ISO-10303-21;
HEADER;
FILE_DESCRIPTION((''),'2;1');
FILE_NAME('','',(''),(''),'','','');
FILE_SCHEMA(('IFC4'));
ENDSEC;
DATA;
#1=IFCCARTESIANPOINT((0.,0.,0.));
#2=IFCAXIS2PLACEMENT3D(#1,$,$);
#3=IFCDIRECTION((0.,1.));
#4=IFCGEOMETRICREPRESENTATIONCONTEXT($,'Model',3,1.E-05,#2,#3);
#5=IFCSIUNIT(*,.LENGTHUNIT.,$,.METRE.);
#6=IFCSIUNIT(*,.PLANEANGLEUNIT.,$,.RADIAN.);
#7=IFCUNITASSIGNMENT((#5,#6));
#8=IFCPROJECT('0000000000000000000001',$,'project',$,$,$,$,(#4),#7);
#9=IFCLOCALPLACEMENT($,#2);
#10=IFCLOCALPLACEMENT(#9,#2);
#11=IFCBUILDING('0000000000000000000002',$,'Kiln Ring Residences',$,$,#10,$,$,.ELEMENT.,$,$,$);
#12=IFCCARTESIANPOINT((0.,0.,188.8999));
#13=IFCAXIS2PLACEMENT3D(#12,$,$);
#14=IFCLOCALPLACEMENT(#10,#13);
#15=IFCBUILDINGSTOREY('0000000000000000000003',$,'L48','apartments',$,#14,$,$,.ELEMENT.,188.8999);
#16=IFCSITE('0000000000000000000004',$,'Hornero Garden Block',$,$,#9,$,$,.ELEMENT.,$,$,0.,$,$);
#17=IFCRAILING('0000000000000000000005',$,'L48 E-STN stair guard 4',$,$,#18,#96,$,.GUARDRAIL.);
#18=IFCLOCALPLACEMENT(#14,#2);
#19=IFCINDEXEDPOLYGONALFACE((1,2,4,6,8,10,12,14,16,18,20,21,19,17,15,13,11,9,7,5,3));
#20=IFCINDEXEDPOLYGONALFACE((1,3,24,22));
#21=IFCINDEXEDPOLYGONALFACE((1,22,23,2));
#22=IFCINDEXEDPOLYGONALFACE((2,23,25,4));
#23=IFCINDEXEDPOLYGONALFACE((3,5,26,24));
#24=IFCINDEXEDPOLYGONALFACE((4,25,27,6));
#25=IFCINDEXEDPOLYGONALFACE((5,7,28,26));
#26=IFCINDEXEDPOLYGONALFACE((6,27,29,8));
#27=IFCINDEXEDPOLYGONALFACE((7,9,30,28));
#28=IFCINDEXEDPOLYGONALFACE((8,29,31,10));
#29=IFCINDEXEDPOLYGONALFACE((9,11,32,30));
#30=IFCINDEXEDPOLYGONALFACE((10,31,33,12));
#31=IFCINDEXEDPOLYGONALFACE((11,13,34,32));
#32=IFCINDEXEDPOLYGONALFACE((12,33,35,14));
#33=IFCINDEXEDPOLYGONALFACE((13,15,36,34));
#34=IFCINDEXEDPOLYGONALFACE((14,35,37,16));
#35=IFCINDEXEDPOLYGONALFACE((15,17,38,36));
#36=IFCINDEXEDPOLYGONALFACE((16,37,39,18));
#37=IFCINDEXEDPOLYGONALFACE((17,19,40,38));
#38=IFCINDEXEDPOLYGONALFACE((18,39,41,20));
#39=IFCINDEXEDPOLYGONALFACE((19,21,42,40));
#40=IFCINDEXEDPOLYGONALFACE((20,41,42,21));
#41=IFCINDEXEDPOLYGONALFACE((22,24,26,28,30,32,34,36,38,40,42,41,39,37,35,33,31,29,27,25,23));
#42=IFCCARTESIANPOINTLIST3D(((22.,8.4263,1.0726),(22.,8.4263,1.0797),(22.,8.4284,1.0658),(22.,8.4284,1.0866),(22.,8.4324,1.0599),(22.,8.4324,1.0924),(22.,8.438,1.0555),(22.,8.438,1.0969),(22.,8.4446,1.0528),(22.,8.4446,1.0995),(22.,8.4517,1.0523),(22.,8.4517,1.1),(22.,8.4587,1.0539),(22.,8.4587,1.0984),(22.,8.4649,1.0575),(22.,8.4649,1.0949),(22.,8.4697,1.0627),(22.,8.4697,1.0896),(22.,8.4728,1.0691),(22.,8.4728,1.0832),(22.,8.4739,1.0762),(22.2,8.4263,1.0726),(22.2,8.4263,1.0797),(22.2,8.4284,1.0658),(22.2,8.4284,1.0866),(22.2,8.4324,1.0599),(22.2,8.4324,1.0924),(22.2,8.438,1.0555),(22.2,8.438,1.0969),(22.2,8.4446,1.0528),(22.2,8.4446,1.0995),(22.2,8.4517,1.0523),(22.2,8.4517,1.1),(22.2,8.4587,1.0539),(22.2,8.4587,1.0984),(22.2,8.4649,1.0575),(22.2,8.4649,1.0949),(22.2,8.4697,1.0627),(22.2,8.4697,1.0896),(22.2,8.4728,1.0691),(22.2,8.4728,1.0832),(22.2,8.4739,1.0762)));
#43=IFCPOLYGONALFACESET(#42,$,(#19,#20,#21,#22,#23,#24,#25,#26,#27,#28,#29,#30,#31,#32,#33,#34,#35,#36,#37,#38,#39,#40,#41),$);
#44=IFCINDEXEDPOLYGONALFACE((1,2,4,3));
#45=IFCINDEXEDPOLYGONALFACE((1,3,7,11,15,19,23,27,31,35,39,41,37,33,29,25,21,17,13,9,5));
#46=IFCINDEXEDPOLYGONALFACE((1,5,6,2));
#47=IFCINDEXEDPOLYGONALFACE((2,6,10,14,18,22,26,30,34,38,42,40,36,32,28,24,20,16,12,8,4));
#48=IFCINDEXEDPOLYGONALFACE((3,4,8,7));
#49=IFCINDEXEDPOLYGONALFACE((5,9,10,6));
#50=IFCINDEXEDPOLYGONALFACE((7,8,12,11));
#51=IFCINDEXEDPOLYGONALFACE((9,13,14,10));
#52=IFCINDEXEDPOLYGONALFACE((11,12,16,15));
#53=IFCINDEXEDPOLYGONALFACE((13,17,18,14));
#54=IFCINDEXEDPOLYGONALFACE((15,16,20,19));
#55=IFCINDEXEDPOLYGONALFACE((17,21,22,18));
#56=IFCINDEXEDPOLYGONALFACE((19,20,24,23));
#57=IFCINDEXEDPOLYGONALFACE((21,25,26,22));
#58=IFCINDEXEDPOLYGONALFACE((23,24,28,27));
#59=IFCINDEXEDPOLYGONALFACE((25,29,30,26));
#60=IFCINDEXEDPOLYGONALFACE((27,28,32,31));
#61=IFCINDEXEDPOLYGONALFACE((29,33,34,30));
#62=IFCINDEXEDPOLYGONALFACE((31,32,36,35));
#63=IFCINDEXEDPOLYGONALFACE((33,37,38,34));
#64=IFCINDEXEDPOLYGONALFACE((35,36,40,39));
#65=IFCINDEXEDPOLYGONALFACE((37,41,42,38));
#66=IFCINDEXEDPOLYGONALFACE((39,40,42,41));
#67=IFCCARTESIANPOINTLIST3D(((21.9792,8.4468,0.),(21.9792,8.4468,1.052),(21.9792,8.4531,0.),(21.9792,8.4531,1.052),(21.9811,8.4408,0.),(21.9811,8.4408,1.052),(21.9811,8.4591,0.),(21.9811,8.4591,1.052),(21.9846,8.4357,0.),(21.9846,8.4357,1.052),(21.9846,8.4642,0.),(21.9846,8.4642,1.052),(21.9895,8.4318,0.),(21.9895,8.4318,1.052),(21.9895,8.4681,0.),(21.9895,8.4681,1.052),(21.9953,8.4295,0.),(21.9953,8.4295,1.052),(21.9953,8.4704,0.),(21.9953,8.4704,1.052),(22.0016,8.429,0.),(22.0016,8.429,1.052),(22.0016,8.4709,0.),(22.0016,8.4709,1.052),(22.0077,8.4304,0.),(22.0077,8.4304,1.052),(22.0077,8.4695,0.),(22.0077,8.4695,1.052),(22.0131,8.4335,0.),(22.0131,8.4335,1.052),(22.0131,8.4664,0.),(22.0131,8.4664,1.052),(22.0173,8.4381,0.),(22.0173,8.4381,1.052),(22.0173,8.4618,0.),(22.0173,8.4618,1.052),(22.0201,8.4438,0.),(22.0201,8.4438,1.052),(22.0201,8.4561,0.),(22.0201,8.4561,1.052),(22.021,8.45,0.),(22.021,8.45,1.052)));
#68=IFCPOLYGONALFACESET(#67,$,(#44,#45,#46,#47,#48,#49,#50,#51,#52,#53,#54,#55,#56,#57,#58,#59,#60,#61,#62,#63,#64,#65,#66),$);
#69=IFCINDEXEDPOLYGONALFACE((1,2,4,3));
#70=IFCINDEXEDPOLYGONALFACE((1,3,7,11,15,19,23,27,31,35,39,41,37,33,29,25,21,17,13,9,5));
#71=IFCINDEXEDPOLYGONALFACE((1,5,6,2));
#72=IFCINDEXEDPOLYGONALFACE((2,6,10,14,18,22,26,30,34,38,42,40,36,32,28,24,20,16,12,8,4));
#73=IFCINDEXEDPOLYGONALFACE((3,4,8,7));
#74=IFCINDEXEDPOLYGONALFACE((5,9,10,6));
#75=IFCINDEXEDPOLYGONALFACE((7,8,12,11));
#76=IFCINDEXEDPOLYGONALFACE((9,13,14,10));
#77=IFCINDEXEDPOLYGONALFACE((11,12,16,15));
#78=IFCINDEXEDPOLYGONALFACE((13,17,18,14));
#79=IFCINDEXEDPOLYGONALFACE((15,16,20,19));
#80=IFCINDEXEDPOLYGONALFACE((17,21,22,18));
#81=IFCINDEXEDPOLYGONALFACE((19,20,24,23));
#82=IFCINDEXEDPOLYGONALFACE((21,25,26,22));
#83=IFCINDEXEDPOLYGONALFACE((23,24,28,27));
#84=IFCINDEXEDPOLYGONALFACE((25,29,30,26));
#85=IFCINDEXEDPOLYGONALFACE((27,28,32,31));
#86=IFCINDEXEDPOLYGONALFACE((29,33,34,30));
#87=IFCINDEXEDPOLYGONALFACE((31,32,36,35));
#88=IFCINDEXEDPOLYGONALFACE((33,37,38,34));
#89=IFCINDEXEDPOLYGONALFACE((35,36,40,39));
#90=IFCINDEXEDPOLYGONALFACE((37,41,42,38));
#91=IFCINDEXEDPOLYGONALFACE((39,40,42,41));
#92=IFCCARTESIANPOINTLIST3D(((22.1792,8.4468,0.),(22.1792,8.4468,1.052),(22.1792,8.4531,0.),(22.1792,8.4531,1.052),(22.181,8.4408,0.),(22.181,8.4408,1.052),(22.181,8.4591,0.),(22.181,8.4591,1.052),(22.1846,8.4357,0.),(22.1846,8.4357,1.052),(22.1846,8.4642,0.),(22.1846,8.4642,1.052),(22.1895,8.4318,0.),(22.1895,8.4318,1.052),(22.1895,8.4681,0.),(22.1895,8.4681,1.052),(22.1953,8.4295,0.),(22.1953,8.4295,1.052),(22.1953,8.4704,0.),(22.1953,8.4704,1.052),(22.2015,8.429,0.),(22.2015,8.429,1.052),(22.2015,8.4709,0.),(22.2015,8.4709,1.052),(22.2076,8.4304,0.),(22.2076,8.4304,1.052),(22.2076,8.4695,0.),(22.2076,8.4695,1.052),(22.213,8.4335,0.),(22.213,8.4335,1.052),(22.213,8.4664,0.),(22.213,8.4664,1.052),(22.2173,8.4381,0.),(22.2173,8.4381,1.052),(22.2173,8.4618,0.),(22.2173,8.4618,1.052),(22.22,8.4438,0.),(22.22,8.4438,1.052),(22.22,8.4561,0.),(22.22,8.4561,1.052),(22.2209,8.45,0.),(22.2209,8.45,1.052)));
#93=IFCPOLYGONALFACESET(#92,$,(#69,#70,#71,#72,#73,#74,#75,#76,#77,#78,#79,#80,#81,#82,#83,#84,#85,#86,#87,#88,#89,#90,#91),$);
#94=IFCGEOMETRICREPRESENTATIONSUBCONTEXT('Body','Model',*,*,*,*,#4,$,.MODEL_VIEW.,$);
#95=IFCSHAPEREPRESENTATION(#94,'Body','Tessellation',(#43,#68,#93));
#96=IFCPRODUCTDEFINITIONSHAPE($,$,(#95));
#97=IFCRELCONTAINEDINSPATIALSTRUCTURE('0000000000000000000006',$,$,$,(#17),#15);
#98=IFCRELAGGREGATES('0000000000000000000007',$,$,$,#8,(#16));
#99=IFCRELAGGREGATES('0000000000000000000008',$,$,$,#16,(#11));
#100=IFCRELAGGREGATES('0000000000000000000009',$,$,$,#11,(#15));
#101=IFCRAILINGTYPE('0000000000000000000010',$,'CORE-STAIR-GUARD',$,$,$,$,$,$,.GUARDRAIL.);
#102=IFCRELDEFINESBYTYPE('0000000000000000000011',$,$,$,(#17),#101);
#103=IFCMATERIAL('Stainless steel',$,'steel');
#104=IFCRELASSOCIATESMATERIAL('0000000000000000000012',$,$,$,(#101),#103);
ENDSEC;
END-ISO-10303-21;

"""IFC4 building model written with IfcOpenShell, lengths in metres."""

from ifc_helpers import new_model, si_unit, direction, frame, origin, origin_2d, place, context, subcontext, project, spatial, circle, extrude, material, type_object, element, save


model = new_model("IFC4")

# Units and contexts
model_context = context("Model", 3, precision=1e-05, world=origin(), true_north=direction((0.0, 1.0)))
body_context = subcontext(model_context, "Body", "Model", "MODEL_VIEW")
ifc_project = project(units=[si_unit("LENGTHUNIT", "METRE"), si_unit("PLANEANGLEUNIT", "RADIAN")], contexts=[model_context])

# Site, building, storey
site_placement = place(None, origin())
site = spatial("IfcSite", under=ifc_project, at=site_placement, Name="Hornero Garden Block", CompositionType="ELEMENT", RefElevation=0.0)
building_placement = place(site_placement, origin())
building = spatial("IfcBuilding", under=site, at=building_placement, Name="Kiln Ring Residences", CompositionType="ELEMENT")
storey_placement = place(building_placement, frame((0.0, 0.0, 188.8999)))
storey = spatial("IfcBuildingStorey", under=building, at=storey_placement, Name="L48", Description="apartments", CompositionType="ELEMENT", Elevation=188.8999)

# Railing
ifc_material_1 = material(Name="Stainless steel", Category="steel")
railing_type_1 = type_object("IfcRailingType", Name="CORE-STAIR-GUARD", PredefinedType="GUARDRAIL", material=ifc_material_1)
railing_1_placement = place(storey_placement, frame((22.0, 8.45, 0.0)))
element("IfcRailing", 1, at=railing_1_placement, inside=storey, type_object=railing_type_1, Name="L48 E-STN stair guard 4", PredefinedType="GUARDRAIL", context=body_context, shape_type="SweptSolid", body=[
    extrude(circle(Radius=0.0239, at=origin_2d()), frame((0.0, 0.0, 1.0762), z_axis=(1.0, 0.0, 0.0), x_axis=(0.0, 1.0, 0.0)), (0.0, 0.0, 1.0), 0.2),
    extrude(circle(Radius=0.021, at=origin_2d()), origin(), (0.0, 0.0, 1.0), 1.052),
    extrude(circle(Radius=0.021, at=origin_2d()), frame((0.2, 0.0, 0.0)), (0.0, 0.0, 1.0), 1.052),
])

save(model, "model.ifc")
